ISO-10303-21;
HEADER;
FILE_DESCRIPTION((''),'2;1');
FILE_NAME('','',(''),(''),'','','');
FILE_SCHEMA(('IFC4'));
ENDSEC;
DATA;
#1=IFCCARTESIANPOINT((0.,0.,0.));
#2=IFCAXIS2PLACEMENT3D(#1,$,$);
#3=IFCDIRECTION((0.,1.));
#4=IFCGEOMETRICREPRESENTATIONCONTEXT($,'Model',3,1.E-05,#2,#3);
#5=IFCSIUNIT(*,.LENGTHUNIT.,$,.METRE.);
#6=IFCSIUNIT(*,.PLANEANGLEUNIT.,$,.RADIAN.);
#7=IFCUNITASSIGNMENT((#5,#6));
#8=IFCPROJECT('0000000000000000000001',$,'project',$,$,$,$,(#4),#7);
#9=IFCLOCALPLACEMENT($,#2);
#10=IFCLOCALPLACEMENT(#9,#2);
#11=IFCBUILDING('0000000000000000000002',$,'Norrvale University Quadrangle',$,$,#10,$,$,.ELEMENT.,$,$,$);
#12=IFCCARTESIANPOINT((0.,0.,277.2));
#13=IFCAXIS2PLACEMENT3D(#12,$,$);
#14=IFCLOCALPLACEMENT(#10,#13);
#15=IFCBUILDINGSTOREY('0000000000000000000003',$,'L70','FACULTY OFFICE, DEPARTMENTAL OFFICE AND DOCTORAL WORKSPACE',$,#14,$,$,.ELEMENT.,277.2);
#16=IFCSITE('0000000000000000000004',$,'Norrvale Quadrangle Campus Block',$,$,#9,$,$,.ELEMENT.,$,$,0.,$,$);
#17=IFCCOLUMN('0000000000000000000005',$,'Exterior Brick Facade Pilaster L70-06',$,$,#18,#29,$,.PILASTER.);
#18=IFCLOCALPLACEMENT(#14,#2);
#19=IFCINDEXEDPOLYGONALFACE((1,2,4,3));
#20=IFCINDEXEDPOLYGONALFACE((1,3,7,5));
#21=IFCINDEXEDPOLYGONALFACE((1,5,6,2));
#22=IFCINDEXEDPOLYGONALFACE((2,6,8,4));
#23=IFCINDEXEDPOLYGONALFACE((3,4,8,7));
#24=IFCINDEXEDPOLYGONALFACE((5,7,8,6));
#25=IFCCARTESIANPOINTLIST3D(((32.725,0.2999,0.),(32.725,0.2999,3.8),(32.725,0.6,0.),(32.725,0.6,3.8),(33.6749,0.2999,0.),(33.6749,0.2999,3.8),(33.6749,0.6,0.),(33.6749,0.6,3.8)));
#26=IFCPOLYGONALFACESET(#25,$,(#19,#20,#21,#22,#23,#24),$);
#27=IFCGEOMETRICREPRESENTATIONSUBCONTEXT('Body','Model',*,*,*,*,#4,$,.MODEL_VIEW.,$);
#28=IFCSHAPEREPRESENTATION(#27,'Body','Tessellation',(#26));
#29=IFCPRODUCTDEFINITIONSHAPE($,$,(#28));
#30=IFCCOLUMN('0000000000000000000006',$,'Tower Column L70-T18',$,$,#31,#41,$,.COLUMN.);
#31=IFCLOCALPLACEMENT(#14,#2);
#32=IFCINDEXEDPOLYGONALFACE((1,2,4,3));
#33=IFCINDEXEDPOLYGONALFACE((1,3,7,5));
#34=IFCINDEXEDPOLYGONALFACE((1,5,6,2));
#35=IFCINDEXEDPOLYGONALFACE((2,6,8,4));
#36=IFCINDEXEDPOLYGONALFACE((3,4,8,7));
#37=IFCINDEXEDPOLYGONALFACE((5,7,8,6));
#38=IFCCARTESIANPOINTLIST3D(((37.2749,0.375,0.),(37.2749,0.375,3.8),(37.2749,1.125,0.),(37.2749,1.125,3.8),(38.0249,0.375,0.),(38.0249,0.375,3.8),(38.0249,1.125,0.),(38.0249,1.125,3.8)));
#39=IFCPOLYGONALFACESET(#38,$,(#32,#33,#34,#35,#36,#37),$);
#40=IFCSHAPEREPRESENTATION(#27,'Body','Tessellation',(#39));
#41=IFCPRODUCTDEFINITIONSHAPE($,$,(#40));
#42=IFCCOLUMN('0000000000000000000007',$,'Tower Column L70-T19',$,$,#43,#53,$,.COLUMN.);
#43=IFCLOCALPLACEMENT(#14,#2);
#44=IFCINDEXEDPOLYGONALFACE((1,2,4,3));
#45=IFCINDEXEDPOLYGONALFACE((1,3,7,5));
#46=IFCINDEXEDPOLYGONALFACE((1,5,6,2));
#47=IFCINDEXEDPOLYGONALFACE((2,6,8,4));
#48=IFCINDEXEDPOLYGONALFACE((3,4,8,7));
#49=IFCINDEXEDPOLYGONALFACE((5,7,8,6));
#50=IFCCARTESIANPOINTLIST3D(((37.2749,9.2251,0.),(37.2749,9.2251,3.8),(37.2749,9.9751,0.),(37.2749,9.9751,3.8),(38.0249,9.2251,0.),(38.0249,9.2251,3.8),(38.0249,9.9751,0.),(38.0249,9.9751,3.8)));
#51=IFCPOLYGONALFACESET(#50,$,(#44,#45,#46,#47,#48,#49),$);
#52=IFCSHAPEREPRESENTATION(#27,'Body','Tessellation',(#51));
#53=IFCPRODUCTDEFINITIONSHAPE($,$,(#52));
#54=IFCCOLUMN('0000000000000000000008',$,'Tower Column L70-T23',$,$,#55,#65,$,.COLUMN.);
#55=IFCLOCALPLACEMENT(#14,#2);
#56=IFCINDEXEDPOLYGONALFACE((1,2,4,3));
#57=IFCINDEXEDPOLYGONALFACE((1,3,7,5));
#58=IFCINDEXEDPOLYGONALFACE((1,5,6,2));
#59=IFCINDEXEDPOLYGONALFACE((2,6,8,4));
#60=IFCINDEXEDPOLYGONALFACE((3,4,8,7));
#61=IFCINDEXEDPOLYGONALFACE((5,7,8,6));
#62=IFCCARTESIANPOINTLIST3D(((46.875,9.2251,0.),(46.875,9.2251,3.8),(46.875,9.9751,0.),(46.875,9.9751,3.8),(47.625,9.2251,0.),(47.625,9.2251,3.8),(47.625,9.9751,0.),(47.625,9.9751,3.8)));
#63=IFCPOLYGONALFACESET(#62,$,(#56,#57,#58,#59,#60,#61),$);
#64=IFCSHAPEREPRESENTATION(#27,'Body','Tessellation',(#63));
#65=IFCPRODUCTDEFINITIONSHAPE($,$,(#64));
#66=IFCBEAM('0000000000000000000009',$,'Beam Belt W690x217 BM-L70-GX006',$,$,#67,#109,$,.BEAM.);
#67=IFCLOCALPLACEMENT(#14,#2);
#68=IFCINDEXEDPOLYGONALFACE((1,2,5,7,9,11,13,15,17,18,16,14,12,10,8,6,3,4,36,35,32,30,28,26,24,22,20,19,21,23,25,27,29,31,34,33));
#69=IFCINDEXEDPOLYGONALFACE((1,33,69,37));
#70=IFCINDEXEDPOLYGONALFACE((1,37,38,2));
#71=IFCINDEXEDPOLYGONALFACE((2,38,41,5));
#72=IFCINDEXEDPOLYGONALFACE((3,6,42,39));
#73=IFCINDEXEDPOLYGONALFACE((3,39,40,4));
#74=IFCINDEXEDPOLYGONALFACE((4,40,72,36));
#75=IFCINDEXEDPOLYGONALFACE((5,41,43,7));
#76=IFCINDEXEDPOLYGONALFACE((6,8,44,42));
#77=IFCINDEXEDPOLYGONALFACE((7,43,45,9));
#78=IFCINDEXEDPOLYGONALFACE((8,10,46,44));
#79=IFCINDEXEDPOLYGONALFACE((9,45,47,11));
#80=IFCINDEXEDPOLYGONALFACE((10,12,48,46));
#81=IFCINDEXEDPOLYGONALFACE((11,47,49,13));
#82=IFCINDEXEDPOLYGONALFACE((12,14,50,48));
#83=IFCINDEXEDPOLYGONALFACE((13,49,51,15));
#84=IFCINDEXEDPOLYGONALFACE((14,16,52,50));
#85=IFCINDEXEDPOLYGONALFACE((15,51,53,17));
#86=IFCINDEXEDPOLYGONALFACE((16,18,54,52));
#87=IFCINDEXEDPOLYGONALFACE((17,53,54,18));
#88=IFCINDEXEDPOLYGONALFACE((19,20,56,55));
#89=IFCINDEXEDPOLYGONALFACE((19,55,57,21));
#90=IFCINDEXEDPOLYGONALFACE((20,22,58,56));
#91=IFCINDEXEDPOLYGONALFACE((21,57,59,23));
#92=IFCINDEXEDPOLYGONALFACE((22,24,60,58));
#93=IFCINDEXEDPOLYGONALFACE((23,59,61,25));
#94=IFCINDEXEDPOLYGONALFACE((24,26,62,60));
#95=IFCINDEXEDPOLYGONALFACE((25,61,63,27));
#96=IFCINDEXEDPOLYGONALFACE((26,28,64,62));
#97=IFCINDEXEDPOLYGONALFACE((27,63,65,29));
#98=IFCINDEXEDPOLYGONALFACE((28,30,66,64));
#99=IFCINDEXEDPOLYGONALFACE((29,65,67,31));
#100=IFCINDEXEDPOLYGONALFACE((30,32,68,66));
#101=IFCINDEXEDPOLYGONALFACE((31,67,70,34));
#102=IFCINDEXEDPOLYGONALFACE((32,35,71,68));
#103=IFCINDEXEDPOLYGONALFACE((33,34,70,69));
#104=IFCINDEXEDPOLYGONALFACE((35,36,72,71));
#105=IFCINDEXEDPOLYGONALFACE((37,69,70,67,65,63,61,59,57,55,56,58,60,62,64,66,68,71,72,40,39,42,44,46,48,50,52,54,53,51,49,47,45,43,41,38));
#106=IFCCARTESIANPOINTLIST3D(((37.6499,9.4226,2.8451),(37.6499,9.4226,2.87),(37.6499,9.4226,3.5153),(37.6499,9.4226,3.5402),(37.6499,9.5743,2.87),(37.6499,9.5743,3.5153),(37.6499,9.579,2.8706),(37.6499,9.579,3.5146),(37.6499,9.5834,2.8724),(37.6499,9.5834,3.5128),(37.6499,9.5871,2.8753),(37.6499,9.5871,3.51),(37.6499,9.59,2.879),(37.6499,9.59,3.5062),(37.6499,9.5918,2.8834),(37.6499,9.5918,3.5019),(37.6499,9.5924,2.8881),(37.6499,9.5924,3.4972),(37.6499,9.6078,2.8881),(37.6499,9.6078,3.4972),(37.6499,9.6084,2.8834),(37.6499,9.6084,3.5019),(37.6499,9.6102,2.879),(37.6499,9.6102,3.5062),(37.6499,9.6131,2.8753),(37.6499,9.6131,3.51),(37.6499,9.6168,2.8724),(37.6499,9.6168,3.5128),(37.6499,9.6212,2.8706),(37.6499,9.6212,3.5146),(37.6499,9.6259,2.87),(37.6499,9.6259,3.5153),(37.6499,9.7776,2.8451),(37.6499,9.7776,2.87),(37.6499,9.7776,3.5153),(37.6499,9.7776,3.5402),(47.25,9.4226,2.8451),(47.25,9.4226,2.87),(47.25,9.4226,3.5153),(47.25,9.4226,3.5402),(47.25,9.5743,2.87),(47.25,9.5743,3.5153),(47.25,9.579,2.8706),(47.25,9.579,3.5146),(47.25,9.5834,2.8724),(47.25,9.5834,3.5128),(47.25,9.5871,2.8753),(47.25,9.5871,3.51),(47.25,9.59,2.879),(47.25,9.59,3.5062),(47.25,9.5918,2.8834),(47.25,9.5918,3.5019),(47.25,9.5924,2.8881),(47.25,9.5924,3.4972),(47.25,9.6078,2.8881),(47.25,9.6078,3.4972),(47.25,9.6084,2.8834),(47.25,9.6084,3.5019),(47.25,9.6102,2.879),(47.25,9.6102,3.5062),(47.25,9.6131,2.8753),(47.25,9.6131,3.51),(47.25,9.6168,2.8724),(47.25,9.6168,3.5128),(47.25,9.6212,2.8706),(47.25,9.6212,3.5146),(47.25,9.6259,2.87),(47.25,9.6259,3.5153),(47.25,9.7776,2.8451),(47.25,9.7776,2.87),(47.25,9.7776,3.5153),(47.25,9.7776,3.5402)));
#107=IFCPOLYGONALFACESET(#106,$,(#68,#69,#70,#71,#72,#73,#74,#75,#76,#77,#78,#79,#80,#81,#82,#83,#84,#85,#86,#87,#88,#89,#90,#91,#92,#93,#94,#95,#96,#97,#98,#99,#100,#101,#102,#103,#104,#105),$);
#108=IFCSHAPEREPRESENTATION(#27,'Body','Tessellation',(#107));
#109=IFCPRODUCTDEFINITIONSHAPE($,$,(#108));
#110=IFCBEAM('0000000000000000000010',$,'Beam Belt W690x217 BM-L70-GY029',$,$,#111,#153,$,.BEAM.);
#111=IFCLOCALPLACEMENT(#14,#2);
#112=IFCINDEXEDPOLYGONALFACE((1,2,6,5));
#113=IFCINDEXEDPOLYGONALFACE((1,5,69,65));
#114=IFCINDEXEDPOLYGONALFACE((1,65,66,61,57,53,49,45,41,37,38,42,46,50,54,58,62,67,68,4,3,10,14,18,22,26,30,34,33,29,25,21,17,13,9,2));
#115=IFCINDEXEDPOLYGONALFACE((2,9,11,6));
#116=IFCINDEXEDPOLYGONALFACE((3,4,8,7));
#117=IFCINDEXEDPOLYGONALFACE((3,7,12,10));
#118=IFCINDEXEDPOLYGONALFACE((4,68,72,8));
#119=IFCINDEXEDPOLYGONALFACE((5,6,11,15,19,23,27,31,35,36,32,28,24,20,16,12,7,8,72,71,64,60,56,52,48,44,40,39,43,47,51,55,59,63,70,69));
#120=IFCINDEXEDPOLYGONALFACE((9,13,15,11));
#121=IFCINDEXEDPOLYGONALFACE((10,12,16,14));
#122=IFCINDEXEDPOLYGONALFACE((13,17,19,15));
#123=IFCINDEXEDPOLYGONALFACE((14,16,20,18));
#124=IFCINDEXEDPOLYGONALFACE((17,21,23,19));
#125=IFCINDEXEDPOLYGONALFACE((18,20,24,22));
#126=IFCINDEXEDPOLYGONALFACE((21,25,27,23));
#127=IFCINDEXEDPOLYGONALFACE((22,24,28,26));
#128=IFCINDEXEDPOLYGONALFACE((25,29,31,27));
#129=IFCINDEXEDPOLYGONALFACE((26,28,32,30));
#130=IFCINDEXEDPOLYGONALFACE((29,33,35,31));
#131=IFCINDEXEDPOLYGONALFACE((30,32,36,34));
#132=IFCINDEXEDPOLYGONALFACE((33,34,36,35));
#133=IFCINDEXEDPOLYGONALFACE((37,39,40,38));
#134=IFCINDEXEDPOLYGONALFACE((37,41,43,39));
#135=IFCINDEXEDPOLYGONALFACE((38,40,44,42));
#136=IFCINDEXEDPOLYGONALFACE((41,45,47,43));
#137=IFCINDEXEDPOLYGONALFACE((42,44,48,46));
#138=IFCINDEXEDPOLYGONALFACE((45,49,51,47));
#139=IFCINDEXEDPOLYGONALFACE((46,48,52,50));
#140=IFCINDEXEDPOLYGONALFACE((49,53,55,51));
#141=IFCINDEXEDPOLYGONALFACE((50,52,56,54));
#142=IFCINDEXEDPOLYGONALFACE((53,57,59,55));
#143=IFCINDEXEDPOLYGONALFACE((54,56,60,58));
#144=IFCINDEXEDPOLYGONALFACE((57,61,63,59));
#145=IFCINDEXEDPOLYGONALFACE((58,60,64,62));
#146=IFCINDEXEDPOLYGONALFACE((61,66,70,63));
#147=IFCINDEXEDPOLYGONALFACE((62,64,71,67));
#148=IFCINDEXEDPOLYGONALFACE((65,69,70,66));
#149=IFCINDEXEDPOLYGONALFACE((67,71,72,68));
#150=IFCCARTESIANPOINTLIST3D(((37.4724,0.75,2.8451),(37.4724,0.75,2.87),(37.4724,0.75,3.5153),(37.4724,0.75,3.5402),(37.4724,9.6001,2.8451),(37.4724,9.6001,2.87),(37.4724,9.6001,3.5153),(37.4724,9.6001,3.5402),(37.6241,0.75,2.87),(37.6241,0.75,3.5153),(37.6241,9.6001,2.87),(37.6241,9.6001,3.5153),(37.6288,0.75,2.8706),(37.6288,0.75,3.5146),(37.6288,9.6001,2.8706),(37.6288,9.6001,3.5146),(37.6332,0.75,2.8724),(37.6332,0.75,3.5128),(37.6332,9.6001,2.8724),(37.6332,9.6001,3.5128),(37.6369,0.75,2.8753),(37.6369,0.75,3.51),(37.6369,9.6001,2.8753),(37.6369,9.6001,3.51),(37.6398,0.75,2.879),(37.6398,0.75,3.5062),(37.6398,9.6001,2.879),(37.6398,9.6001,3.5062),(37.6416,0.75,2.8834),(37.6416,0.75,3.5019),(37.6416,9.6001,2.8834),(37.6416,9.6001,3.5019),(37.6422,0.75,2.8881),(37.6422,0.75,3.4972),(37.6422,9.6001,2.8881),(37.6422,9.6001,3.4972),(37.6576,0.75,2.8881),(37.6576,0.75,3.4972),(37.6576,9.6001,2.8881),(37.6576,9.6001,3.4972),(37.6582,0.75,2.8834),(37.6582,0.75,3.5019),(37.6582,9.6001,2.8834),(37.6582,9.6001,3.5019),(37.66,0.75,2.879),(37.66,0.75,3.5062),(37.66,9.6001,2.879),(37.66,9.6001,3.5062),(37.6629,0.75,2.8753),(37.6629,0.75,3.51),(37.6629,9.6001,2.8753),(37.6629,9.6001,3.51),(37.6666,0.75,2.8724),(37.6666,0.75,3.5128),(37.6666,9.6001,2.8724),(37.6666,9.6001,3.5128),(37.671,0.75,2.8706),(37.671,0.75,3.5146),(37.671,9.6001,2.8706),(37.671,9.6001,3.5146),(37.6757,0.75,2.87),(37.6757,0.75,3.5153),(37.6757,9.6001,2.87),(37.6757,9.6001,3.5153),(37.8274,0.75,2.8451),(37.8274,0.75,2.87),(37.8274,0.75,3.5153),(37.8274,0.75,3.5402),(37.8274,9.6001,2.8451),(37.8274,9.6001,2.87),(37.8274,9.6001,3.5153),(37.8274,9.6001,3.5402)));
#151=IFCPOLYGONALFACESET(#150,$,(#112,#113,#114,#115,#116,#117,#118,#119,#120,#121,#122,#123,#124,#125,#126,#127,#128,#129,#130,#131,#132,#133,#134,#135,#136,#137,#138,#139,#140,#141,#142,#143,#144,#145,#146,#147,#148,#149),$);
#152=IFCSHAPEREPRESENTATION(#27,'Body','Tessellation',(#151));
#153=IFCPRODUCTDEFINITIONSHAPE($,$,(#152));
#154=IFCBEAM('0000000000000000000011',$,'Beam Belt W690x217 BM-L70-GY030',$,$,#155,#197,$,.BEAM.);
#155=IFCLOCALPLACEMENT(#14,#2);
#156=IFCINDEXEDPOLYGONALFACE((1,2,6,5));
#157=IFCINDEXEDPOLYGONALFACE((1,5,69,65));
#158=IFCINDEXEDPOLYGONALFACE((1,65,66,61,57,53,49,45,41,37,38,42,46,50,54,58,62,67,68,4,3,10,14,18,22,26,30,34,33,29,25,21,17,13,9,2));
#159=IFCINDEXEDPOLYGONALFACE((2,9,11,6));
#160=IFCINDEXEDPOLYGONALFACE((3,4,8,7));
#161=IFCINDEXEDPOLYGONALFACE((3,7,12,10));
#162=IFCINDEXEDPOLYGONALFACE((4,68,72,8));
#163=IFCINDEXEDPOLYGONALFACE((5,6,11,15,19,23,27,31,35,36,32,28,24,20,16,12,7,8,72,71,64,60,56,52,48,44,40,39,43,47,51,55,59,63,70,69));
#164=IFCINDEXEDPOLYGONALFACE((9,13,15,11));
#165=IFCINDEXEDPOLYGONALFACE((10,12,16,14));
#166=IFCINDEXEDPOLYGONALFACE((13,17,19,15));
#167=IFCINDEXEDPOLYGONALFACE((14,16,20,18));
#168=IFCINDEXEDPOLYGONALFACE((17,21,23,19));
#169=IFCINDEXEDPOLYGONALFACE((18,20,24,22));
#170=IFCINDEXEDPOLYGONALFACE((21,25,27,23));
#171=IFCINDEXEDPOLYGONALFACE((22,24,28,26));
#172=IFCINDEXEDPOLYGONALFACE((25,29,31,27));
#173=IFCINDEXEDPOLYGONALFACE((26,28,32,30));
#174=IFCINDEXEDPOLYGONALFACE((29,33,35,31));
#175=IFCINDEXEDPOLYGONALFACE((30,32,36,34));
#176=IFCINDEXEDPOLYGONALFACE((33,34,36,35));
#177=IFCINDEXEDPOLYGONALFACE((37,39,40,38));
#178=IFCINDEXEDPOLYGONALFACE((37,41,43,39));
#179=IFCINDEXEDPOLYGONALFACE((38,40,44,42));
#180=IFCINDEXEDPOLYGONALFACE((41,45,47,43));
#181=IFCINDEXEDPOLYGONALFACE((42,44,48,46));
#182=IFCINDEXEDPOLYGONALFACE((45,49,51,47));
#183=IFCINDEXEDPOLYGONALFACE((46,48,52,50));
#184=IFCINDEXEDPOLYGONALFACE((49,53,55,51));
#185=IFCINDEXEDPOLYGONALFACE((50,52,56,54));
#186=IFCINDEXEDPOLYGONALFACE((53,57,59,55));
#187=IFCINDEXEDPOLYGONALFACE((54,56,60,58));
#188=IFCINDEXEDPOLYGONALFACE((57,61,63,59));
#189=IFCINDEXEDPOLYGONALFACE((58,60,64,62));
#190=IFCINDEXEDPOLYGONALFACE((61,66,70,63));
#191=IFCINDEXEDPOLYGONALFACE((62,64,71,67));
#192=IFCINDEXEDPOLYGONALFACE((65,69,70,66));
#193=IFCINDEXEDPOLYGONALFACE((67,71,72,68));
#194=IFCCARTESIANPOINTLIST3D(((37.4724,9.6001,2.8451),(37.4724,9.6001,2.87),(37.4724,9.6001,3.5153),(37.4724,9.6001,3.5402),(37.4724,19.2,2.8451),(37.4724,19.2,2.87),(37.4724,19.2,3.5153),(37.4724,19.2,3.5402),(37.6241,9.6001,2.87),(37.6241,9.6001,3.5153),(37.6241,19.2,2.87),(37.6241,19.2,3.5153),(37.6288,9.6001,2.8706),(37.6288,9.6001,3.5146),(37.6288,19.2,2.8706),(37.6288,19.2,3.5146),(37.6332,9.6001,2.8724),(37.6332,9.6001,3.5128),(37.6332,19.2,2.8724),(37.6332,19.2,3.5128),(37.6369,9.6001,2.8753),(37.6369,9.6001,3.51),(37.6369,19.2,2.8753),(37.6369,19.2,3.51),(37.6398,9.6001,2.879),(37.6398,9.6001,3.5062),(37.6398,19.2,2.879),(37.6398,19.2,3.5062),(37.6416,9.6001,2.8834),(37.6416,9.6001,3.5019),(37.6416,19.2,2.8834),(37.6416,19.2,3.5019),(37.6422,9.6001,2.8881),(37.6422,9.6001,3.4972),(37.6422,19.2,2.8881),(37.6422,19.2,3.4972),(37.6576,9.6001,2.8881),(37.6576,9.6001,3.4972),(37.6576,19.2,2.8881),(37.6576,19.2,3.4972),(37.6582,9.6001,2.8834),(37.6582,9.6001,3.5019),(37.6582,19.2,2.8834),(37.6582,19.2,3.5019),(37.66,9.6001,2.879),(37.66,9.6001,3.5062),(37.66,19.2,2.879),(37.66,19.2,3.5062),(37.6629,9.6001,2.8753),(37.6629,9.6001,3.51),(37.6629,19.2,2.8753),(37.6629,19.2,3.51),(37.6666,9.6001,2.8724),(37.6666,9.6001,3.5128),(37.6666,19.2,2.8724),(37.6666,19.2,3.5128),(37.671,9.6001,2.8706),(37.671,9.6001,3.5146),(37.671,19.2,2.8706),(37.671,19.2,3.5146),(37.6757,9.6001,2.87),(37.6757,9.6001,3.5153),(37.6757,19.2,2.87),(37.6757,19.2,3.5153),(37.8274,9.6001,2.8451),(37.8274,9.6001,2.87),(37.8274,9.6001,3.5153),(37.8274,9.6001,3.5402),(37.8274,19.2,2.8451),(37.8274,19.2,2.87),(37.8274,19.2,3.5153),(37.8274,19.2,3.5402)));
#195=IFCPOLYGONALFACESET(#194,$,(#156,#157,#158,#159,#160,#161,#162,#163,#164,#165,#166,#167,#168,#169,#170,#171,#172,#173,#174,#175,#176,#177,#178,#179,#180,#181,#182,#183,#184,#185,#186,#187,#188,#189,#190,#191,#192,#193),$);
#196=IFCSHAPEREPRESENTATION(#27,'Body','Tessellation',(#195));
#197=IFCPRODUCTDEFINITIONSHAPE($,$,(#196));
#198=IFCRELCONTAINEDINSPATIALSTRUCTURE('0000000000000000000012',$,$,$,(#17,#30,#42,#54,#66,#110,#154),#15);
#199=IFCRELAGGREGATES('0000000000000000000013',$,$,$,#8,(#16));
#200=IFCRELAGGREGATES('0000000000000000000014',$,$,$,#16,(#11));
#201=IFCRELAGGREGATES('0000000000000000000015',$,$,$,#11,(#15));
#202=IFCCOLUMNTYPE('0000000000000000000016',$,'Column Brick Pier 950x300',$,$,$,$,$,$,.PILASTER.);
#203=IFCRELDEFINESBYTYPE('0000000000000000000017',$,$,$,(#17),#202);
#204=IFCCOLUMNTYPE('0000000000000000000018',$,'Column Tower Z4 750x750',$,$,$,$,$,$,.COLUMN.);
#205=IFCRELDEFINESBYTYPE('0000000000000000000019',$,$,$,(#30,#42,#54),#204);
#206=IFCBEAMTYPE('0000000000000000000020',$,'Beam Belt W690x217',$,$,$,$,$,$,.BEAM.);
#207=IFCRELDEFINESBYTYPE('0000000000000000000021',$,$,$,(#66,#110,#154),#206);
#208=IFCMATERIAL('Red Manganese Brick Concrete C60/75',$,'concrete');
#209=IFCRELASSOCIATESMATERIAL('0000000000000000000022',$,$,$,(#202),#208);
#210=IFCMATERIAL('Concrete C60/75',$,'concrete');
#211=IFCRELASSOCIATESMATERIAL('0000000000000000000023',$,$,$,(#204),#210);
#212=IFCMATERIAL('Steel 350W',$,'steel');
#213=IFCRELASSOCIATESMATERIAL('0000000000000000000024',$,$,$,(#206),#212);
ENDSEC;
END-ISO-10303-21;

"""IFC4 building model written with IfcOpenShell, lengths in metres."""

from ifc_helpers import new_model, si_unit, direction, frame, origin, origin_2d, place, context, subcontext, project, spatial, rectangle, i_section, extrude, material, material_profile, profile_set, type_object, element, save


model = new_model("IFC4")

# Units and contexts
model_context = context("Model", 3, precision=1e-05, world=origin(), true_north=direction((0.0, 1.0)))
body_context = subcontext(model_context, "Body", "Model", "MODEL_VIEW")
ifc_project = project(units=[si_unit("LENGTHUNIT", "METRE"), si_unit("PLANEANGLEUNIT", "RADIAN")], contexts=[model_context])

# Site, building, storey
site_placement = place(None, origin())
site = spatial("IfcSite", under=ifc_project, at=site_placement, Name="Norrvale Quadrangle Campus Block", CompositionType="ELEMENT", RefElevation=0.0)
building_placement = place(site_placement, origin())
building = spatial("IfcBuilding", under=site, at=building_placement, Name="Norrvale University Quadrangle", CompositionType="ELEMENT")
storey_placement = place(building_placement, frame((0.0, 0.0, 277.2)))
storey = spatial("IfcBuildingStorey", under=building, at=storey_placement, Name="L70", Description="FACULTY OFFICE, DEPARTMENTAL OFFICE AND DOCTORAL WORKSPACE", CompositionType="ELEMENT", Elevation=277.2)

# Columns
ifc_material_1 = material(Name="Red Manganese Brick Concrete C60/75", Category="concrete")
ifc_material_profile_1 = material_profile(ifc_material_1, rectangle(XDim=0.95, YDim=0.3, at=origin_2d()), Name="Red Manganese Brick Concrete C60/75")
ifc_profile_set_1 = profile_set([ifc_material_profile_1], Name="Red Manganese Brick Concrete C60/75")
column_type_1 = type_object("IfcColumnType", Name="Column Brick Pier 950x300", PredefinedType="PILASTER", material=ifc_profile_set_1)
column_placement = place(storey_placement, frame((33.2, 0.45, 0.0), z_axis=(0.0, 0.0, 1.0), x_axis=(1.0, 0.0, 0.0)))
element("IfcColumn", 1, at=column_placement, inside=storey, type_object=column_type_1, Name="Exterior Brick Facade Pilaster L70-06", PredefinedType="PILASTER", context=body_context, shape_type="SweptSolid", body=[
    extrude(rectangle(XDim=0.95, YDim=0.3, at=origin_2d()), origin(), (0.0, 0.0, 1.0), 3.8),
])
ifc_material_2 = material(Name="Concrete C60/75", Category="concrete")
ifc_material_profile_2 = material_profile(ifc_material_2, rectangle(XDim=0.75, YDim=0.75, at=origin_2d()), Name="Concrete C60/75")
ifc_profile_set_2 = profile_set([ifc_material_profile_2], Name="Concrete C60/75")
column_type_2 = type_object("IfcColumnType", Name="Column Tower Z4 750x750", PredefinedType="COLUMN", material=ifc_profile_set_2)
for number, where, z_axis, x_axis, name in (
    (2, (37.6499, 0.75, 0.0), (0.0, 0.0, 1.0), (1.0, 0.0, 0.0), "Tower Column L70-T18"),
    (3, (37.6499, 9.6001, 0.0), (0.0, 0.0, 1.0), (1.0, 0.0, 0.0), "Tower Column L70-T19"),
    (4, (47.25, 9.6001, 0.0), (0.0, 0.0, 1.0), (1.0, 0.0, 0.0), "Tower Column L70-T23"),
):
    element("IfcColumn", number, at=place(storey_placement, frame(where, z_axis=z_axis, x_axis=x_axis)), inside=storey, type_object=column_type_2, Name=name, PredefinedType="COLUMN", context=body_context, shape_type="SweptSolid", body=[
        extrude(rectangle(XDim=0.75, YDim=0.75, at=origin_2d()), origin(), (0.0, 0.0, 1.0), 3.8),
    ])

# Beams
ifc_material_3 = material(Name="Steel 350W", Category="steel")
ifc_material_profile_3 = material_profile(ifc_material_3, i_section(OverallWidth=0.355, OverallDepth=0.6951, WebThickness=0.0154, FlangeThickness=0.0249, FilletRadius=0.0181, at=origin_2d()), Name="Steel 350W")
ifc_profile_set_3 = profile_set([ifc_material_profile_3], Name="Steel 350W")
beam_type_1 = type_object("IfcBeamType", Name="Beam Belt W690x217", PredefinedType="BEAM", material=ifc_profile_set_3)
beam_1_placement = place(storey_placement, frame((37.6499, 9.6001, 3.1926), z_axis=(1.0, 0.0, 0.0), x_axis=(0.0, 1.0, 0.0)))
element("IfcBeam", 5, at=beam_1_placement, inside=storey, type_object=beam_type_1, Name="Beam Belt W690x217 BM-L70-GX006", PredefinedType="BEAM", context=body_context, shape_type="SweptSolid", body=[
    extrude(i_section(OverallWidth=0.355, OverallDepth=0.6951, WebThickness=0.0154, FlangeThickness=0.0249, FilletRadius=0.0181, at=origin_2d()), origin(), (0.0, 0.0, 1.0), 9.6001),
])
beam_2_placement = place(storey_placement, frame((37.6499, 0.75, 3.1926), z_axis=(0.0, 1.0, 0.0), x_axis=(-1.0, 0.0, 0.0)))
element("IfcBeam", 6, at=beam_2_placement, inside=storey, type_object=beam_type_1, Name="Beam Belt W690x217 BM-L70-GY029", PredefinedType="BEAM", context=body_context, shape_type="SweptSolid", body=[
    extrude(i_section(OverallWidth=0.355, OverallDepth=0.6951, WebThickness=0.0154, FlangeThickness=0.0249, FilletRadius=0.0181, at=origin_2d()), origin(), (0.0, 0.0, 1.0), 8.8501),
])
for number, where, z_axis, x_axis, name in (
    (7, (37.6499, 9.6001, 3.1926), (0.0, 1.0, 0.0), (-1.0, 0.0, 0.0), "Beam Belt W690x217 BM-L70-GY030"),
):
    element("IfcBeam", number, at=place(storey_placement, frame(where, z_axis=z_axis, x_axis=x_axis)), inside=storey, type_object=beam_type_1, Name=name, PredefinedType="BEAM", context=body_context, shape_type="SweptSolid", body=[
        extrude(i_section(OverallWidth=0.355, OverallDepth=0.6951, WebThickness=0.0154, FlangeThickness=0.0249, FilletRadius=0.0181, at=origin_2d()), origin(), (0.0, 0.0, 1.0), 9.5999),
    ])

save(model, "model.ifc")
